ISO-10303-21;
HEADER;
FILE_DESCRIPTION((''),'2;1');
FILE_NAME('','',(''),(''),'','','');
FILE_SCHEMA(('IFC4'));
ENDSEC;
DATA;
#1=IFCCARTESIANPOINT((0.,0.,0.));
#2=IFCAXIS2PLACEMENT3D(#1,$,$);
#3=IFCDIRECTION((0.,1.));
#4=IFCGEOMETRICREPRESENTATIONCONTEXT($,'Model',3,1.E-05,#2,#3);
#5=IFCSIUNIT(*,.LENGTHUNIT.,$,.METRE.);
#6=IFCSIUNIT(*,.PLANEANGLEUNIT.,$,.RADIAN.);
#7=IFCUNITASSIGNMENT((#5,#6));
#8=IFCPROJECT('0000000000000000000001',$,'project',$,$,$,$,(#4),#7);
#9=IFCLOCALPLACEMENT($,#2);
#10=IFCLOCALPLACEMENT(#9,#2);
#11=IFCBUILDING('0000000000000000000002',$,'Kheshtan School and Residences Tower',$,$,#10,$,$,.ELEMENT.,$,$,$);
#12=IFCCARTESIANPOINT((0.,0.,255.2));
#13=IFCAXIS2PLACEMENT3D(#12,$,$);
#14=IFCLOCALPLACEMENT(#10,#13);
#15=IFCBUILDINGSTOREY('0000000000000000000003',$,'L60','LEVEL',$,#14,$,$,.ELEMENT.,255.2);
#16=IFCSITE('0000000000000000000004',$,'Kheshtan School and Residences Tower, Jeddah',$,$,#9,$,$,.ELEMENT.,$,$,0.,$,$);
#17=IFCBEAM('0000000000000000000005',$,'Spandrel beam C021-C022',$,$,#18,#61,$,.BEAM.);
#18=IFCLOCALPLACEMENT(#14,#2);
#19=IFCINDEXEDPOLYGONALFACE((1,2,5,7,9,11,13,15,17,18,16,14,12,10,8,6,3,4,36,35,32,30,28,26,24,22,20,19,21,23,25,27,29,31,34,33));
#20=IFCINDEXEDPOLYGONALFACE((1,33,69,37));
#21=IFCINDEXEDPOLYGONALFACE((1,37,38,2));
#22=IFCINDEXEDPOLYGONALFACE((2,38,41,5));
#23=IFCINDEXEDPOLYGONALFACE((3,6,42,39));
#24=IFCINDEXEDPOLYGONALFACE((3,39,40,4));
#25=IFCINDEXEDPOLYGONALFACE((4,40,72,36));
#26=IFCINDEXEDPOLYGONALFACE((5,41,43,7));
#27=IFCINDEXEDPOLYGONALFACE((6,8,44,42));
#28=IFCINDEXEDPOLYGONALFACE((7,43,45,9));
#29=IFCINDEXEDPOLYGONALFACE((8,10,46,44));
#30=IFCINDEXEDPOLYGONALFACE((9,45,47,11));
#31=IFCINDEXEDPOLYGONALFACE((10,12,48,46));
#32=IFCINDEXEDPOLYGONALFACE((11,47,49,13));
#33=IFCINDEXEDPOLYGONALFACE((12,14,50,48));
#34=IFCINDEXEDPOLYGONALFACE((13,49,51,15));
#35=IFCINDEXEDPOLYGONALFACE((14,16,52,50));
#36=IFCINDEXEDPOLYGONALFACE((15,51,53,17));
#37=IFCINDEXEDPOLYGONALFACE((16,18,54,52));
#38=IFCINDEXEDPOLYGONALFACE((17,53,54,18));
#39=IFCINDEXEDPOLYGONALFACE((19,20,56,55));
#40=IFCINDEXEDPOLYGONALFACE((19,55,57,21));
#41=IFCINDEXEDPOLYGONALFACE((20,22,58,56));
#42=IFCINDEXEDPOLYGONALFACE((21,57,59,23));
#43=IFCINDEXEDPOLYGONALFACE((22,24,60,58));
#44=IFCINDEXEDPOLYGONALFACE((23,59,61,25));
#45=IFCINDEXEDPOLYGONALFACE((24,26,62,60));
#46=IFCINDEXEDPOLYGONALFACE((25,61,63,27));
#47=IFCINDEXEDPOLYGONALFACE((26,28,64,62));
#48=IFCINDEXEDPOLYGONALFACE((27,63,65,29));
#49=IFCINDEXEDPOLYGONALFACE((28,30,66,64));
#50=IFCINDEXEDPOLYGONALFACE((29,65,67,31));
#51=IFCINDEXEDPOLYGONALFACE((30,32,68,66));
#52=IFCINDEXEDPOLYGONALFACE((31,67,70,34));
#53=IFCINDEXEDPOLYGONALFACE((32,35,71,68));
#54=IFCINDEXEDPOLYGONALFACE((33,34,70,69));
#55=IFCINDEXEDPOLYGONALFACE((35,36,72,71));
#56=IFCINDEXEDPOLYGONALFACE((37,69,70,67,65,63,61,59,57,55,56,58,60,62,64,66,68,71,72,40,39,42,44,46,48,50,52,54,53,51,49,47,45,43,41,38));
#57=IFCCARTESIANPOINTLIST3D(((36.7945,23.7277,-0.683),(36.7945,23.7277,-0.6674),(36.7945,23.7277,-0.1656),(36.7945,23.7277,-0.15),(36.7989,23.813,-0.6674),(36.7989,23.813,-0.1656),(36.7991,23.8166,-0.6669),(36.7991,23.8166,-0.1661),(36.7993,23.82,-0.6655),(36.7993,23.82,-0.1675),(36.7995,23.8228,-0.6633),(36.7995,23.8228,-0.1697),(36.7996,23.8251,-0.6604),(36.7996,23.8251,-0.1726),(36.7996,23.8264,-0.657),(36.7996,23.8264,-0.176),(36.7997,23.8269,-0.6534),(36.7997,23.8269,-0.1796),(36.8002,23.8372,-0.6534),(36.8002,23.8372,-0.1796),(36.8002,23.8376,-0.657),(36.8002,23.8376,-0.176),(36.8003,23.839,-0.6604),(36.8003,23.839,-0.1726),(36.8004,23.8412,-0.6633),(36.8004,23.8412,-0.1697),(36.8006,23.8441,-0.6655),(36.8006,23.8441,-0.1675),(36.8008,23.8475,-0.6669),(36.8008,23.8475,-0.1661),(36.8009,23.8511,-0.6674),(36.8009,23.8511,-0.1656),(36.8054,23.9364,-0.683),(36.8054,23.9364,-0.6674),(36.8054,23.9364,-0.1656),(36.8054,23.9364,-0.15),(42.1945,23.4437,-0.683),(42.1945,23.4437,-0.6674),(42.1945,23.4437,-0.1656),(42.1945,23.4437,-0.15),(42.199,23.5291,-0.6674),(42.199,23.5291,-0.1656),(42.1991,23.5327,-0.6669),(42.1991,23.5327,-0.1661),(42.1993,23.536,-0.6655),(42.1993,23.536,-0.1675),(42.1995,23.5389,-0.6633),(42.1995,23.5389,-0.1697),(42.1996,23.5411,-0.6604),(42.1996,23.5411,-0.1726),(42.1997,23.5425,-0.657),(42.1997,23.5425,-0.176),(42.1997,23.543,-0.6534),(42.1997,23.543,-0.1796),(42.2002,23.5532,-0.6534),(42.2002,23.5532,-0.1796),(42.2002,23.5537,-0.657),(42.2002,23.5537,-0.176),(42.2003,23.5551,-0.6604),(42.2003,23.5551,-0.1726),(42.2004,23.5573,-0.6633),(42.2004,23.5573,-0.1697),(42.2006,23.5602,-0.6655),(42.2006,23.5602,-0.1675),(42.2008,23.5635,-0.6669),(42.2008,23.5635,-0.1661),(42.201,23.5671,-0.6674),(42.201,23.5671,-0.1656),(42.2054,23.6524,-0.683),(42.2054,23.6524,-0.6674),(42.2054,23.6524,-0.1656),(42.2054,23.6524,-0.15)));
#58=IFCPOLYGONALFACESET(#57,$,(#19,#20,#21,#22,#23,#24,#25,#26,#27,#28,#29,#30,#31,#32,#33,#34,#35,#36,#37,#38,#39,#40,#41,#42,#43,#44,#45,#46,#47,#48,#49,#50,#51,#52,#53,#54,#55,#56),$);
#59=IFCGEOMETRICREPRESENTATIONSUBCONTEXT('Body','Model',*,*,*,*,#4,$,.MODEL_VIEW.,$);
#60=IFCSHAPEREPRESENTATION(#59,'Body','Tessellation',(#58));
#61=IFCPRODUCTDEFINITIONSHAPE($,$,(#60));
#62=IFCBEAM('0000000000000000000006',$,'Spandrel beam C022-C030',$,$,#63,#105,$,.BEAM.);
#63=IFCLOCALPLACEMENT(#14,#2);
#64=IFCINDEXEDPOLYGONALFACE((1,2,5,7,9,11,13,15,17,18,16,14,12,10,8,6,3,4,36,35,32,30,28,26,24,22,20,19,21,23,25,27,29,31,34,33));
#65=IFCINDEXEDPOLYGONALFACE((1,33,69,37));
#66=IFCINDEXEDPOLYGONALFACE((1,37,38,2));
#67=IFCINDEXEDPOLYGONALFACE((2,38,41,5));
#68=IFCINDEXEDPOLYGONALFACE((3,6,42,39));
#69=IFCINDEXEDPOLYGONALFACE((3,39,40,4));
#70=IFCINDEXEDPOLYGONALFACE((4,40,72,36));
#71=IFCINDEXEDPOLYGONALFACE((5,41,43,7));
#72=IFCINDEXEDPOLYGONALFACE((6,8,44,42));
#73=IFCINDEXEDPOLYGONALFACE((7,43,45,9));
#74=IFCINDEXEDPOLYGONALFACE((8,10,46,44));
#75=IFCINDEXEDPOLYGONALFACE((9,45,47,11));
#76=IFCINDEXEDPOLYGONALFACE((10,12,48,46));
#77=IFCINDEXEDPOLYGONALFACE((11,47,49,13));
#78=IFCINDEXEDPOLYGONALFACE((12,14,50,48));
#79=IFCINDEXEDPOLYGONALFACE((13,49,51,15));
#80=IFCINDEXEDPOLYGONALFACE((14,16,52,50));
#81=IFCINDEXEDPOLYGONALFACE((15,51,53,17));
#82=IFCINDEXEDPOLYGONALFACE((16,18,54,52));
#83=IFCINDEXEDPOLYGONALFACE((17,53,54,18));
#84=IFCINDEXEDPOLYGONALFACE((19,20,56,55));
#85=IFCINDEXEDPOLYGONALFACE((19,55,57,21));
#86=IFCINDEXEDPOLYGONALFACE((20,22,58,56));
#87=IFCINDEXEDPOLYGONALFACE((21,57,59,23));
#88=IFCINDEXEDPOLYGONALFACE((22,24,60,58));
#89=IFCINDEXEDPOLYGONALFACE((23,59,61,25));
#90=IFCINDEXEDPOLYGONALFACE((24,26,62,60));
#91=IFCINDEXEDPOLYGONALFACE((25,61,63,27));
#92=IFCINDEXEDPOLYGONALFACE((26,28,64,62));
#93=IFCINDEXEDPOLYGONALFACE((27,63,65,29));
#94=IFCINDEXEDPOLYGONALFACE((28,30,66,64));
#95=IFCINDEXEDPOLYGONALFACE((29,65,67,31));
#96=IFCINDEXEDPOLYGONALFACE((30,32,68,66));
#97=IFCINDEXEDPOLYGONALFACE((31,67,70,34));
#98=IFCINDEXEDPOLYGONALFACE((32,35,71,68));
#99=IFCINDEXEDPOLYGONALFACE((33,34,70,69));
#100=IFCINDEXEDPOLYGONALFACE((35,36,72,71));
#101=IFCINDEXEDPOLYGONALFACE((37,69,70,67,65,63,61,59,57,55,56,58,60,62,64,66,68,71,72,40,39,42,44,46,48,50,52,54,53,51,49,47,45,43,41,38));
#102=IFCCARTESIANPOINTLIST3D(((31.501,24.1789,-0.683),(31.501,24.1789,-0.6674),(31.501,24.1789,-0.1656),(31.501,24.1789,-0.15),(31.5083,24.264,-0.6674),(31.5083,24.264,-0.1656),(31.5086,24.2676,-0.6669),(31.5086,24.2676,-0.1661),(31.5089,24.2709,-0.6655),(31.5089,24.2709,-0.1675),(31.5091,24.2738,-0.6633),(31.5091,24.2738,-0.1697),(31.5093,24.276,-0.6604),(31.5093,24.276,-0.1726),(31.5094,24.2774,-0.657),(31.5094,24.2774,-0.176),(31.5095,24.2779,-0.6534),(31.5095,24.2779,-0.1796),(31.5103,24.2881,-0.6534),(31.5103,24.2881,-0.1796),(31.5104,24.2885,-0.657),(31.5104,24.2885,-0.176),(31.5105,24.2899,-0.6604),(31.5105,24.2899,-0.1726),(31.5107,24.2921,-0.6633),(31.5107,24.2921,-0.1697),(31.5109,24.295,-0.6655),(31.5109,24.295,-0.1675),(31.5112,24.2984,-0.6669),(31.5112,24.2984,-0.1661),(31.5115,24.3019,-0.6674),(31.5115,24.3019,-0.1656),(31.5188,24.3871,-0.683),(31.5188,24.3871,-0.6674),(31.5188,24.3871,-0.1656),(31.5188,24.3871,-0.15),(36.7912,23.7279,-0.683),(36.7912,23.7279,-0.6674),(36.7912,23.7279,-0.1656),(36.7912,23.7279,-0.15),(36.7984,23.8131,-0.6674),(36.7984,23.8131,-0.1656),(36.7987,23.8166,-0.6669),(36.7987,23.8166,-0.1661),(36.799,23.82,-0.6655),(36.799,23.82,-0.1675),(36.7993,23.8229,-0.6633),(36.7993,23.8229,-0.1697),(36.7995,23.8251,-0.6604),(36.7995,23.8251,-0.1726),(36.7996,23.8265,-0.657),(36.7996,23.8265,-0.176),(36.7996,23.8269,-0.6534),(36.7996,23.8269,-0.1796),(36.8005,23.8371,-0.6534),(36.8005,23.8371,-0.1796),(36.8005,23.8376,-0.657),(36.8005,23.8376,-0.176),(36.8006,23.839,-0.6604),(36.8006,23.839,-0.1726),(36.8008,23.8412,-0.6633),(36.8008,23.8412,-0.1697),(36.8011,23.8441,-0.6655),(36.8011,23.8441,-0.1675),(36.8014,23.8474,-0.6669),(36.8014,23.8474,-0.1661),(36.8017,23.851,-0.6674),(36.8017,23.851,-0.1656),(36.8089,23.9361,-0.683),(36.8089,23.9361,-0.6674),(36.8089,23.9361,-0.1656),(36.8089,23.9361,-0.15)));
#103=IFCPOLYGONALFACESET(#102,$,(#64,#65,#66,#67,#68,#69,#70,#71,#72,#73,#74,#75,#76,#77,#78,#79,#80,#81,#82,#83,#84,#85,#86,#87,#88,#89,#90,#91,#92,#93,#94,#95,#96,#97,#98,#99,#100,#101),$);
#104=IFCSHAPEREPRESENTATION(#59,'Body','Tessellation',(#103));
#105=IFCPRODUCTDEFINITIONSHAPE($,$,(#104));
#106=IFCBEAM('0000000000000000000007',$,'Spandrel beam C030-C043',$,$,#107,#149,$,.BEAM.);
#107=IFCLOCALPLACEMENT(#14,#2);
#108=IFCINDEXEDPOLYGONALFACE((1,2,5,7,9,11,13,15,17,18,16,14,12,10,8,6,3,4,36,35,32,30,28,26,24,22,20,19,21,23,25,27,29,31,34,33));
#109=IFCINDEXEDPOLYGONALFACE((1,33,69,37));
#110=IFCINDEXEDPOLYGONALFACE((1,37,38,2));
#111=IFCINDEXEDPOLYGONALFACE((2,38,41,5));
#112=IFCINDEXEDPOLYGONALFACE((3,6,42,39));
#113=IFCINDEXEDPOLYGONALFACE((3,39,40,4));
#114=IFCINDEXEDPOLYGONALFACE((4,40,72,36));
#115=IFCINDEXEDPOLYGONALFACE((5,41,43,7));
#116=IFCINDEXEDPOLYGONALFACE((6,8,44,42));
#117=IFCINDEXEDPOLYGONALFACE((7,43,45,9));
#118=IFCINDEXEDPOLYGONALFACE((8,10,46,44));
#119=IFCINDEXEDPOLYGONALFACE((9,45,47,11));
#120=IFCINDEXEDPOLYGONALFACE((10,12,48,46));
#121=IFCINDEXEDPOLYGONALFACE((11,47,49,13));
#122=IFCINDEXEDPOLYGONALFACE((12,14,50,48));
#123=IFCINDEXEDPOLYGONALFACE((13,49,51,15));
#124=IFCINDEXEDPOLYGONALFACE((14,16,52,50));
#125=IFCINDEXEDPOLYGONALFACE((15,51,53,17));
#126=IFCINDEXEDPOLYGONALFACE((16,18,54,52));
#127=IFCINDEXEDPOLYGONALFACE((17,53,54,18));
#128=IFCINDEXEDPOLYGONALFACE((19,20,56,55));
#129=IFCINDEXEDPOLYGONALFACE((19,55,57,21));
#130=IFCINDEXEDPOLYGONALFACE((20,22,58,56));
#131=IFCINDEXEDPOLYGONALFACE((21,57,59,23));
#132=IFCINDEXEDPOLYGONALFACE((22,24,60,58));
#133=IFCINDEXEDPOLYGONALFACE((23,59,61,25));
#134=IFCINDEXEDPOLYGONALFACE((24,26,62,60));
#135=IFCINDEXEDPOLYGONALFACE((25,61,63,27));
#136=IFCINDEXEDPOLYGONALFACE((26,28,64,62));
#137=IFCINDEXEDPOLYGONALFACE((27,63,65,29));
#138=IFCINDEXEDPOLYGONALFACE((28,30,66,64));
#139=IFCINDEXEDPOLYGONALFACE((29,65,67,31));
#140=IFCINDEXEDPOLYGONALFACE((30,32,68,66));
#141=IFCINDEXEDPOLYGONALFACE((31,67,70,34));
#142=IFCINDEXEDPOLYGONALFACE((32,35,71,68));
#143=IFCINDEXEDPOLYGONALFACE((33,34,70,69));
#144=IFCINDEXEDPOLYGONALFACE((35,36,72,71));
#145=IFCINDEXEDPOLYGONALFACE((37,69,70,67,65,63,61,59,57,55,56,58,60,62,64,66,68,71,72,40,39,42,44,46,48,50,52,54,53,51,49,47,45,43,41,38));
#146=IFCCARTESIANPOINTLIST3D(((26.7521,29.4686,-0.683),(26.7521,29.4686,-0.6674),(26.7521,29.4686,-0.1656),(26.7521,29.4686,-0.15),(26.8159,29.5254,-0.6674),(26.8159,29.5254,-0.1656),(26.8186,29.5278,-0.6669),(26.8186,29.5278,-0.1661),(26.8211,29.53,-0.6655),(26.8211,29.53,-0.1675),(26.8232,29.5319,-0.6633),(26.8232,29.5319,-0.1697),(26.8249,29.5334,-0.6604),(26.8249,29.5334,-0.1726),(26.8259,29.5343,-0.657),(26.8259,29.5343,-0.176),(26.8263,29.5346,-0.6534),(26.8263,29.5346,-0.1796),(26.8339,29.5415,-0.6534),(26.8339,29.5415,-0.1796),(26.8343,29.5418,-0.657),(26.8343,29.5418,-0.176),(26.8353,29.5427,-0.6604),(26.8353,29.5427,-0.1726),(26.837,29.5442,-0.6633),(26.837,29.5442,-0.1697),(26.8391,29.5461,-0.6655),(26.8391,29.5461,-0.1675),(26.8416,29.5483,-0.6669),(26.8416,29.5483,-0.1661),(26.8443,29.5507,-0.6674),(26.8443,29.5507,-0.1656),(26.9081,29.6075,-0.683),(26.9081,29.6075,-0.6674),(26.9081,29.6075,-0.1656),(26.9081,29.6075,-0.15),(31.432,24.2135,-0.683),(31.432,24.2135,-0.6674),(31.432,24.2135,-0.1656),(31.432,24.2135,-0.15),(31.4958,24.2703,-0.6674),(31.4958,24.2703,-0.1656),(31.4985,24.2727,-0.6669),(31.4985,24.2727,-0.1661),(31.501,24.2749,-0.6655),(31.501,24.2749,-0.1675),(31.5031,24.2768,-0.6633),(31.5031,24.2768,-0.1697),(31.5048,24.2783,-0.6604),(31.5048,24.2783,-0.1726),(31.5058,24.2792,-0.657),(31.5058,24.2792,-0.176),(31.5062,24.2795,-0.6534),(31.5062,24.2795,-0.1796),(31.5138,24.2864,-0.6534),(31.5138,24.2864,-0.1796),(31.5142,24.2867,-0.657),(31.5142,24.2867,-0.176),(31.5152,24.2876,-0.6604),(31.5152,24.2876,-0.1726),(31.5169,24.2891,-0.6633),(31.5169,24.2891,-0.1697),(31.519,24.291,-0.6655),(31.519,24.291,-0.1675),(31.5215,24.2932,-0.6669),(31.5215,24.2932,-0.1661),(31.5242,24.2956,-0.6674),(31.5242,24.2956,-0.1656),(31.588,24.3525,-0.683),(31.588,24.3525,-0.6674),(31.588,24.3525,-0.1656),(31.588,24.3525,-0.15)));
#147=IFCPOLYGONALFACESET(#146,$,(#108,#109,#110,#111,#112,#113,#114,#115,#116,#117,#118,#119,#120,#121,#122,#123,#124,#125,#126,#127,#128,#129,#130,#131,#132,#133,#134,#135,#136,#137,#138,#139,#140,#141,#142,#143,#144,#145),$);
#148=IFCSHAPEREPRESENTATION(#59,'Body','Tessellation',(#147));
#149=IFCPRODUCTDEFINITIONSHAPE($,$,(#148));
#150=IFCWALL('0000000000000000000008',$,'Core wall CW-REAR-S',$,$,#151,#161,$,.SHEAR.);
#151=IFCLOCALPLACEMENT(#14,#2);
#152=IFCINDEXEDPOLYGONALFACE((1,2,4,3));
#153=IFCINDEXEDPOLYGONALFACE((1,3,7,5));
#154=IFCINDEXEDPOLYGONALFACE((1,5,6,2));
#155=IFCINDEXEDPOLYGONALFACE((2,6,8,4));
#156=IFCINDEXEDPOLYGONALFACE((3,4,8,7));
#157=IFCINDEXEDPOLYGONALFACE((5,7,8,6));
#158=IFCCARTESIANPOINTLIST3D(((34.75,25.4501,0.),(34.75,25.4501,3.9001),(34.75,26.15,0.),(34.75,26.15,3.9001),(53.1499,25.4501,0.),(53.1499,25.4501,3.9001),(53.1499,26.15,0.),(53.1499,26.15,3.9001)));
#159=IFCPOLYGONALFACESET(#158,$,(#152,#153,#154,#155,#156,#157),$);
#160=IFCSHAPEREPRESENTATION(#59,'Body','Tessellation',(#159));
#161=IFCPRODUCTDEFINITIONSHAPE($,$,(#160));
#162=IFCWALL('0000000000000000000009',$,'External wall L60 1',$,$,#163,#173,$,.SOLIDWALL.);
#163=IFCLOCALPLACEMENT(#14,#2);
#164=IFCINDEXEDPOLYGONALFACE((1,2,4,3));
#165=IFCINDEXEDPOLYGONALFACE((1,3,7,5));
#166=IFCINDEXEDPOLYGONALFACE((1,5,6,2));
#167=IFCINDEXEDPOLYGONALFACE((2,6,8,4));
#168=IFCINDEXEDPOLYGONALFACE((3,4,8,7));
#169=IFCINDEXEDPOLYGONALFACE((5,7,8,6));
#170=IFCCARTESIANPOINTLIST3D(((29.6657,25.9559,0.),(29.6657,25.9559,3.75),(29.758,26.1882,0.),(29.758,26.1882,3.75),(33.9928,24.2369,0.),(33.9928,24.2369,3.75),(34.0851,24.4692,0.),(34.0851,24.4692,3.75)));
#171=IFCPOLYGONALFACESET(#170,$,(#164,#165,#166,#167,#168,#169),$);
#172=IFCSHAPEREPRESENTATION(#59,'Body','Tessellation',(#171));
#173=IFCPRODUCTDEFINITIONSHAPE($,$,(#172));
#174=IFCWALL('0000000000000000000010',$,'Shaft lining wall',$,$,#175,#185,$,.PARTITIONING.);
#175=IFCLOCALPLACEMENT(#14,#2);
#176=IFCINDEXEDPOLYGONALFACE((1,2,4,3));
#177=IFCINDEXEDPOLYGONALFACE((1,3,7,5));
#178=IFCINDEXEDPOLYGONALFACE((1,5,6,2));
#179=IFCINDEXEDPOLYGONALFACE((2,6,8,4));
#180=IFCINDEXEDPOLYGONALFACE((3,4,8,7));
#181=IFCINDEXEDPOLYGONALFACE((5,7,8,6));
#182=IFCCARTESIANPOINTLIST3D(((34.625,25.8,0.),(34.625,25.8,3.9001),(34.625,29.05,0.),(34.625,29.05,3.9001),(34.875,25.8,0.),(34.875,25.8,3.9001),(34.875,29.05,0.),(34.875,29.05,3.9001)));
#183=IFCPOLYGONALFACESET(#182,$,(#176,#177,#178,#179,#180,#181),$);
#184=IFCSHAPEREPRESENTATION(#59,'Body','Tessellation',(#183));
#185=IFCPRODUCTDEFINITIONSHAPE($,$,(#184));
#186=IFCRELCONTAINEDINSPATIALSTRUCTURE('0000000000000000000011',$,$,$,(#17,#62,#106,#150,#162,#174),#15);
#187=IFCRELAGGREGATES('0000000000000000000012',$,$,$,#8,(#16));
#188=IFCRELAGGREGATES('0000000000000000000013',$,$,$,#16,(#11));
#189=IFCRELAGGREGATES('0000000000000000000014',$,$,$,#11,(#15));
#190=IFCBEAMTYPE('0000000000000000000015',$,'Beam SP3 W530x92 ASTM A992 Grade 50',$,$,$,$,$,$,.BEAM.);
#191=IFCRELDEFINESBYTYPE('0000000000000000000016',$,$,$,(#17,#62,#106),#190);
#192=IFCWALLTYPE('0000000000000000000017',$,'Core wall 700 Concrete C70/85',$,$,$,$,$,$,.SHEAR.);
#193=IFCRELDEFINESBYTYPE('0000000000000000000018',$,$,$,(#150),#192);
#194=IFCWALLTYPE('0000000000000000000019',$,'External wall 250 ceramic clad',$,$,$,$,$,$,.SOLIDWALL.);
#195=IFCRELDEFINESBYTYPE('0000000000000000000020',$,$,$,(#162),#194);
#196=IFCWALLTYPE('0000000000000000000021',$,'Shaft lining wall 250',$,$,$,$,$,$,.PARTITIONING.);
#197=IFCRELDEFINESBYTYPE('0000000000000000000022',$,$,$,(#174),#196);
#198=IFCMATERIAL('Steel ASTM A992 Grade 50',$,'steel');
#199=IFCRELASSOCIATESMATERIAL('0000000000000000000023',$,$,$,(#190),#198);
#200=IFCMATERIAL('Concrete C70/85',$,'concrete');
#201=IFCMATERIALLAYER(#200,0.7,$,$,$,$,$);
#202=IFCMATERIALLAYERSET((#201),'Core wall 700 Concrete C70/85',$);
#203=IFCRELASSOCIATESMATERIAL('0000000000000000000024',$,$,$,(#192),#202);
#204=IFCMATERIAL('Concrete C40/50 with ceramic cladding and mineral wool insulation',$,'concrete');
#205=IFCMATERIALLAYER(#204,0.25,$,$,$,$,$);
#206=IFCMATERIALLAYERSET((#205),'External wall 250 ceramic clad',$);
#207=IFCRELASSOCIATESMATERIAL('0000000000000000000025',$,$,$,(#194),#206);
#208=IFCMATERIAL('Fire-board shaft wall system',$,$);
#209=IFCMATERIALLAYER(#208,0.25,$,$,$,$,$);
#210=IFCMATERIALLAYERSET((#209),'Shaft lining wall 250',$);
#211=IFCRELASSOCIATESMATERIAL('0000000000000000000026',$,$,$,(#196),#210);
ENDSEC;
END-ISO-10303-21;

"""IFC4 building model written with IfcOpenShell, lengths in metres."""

from ifc_helpers import new_model, si_unit, direction, frame, frame_2d, origin, origin_2d, place, context, subcontext, project, spatial, rectangle, i_section, extrude, material, layer, layer_set, material_profile, profile_set, type_object, element, save


model = new_model("IFC4")

# Units and contexts
model_context = context("Model", 3, precision=1e-05, world=origin(), true_north=direction((0.0, 1.0)))
body_context = subcontext(model_context, "Body", "Model", "MODEL_VIEW")
ifc_project = project(units=[si_unit("LENGTHUNIT", "METRE"), si_unit("PLANEANGLEUNIT", "RADIAN")], contexts=[model_context])

# Site, building, storey
site_placement = place(None, origin())
site = spatial("IfcSite", under=ifc_project, at=site_placement, Name="Kheshtan School and Residences Tower, Jeddah", CompositionType="ELEMENT", RefElevation=0.0)
building_placement = place(site_placement, origin())
building = spatial("IfcBuilding", under=site, at=building_placement, Name="Kheshtan School and Residences Tower", CompositionType="ELEMENT")
storey_placement = place(building_placement, frame((0.0, 0.0, 255.2)))
storey = spatial("IfcBuildingStorey", under=building, at=storey_placement, Name="L60", Description="LEVEL", CompositionType="ELEMENT", Elevation=255.2)

# Shared definitions
ifc_material_1 = material(Name="Steel ASTM A992 Grade 50", Category="steel")

# Beams
ifc_material_profile_1 = material_profile(ifc_material_1, i_section(OverallWidth=0.209, OverallDepth=0.533, WebThickness=0.0103, FlangeThickness=0.0156, FilletRadius=0.0139, at=origin_2d()), Name="W530x92")
ifc_profile_set_1 = profile_set([ifc_material_profile_1], Name="Steel ASTM A992 Grade 50")
beam_type_1 = type_object("IfcBeamType", Name="Beam SP3 W530x92 ASTM A992 Grade 50", PredefinedType="BEAM", material=ifc_profile_set_1)
beam_1_placement = place(storey_placement, frame((42.2, 23.5481, -0.4165), z_axis=(-0.99862, 0.052509, 0.0), x_axis=(-0.052509, -0.99862, 0.0)))
element("IfcBeam", 1, at=beam_1_placement, inside=storey, type_object=beam_type_1, Name="Spandrel beam C021-C022", PredefinedType="BEAM", context=body_context, shape_type="SweptSolid", body=[
    extrude(i_section(OverallWidth=0.209, OverallDepth=0.533, WebThickness=0.0103, FlangeThickness=0.0156, FilletRadius=0.0139, at=origin_2d()), origin(), (0.0, 0.0, 1.0), 5.4075),
])
beam_2_placement = place(storey_placement, frame((36.8, 23.832, -0.4165), z_axis=(-0.996387, 0.084933, 0.0), x_axis=(-0.084933, -0.996387, 0.0)))
element("IfcBeam", 2, at=beam_2_placement, inside=storey, type_object=beam_type_1, Name="Spandrel beam C022-C030", PredefinedType="BEAM", context=body_context, shape_type="SweptSolid", body=[
    extrude(i_section(OverallWidth=0.209, OverallDepth=0.533, WebThickness=0.0103, FlangeThickness=0.0156, FilletRadius=0.0139, at=origin_2d()), origin(), (0.0, 0.0, 1.0), 5.3093),
])
beam_3_placement = place(storey_placement, frame((31.51, 24.283, -0.4165), z_axis=(-0.665055, 0.746795, 0.0), x_axis=(-0.746795, -0.665055, 0.0)))
element("IfcBeam", 3, at=beam_3_placement, inside=storey, type_object=beam_type_1, Name="Spandrel beam C030-C043", PredefinedType="BEAM", context=body_context, shape_type="SweptSolid", body=[
    extrude(i_section(OverallWidth=0.209, OverallDepth=0.533, WebThickness=0.0103, FlangeThickness=0.0156, FilletRadius=0.0139, at=origin_2d()), origin(), (0.0, 0.0, 1.0), 7.0369),
])

# Walls
ifc_material_2 = material(Name="Concrete C70/85", Category="concrete")
ifc_layer_1 = layer(ifc_material_2, 0.7)
ifc_layer_set_1 = layer_set([ifc_layer_1], Name="Core wall 700 Concrete C70/85")
wall_type_1 = type_object("IfcWallType", Name="Core wall 700 Concrete C70/85", PredefinedType="SHEAR", material=ifc_layer_set_1)
wall_1_placement = place(storey_placement, frame((34.75, 25.8, 0.0), z_axis=(0.0, 0.0, 1.0), x_axis=(1.0, 0.0, 0.0)))
element("IfcWall", 4, at=wall_1_placement, inside=storey, type_object=wall_type_1, Name="Core wall CW-REAR-S", PredefinedType="SHEAR", context=body_context, shape_type="SweptSolid", body=[
    extrude(rectangle(XDim=18.3999, YDim=0.7, at=frame_2d((9.2, 0.0))), origin(), (0.0, 0.0, 1.0), 3.9001),
])
ifc_material_3 = material(Name="Concrete C40/50 with ceramic cladding and mineral wool insulation", Category="concrete")
ifc_layer_2 = layer(ifc_material_3, 0.25)
ifc_layer_set_2 = layer_set([ifc_layer_2], Name="External wall 250 ceramic clad")
wall_type_2 = type_object("IfcWallType", Name="External wall 250 ceramic clad", PredefinedType="SOLIDWALL", material=ifc_layer_set_2)
wall_2_placement = place(storey_placement, frame((34.0391, 24.353, 0.0), z_axis=(0.0, 0.0, 1.0), x_axis=(-0.929353, 0.369193, 0.0)))
element("IfcWall", 5, at=wall_2_placement, inside=storey, type_object=wall_type_2, Name="External wall L60 1", PredefinedType="SOLIDWALL", context=body_context, shape_type="SweptSolid", body=[
    extrude(rectangle(XDim=4.656, YDim=0.25, at=frame_2d((2.3281, 0.0))), origin(), (0.0, 0.0, 1.0), 3.75),
])
ifc_material_4 = material(Name="Fire-board shaft wall system")
ifc_layer_3 = layer(ifc_material_4, 0.25)
ifc_layer_set_3 = layer_set([ifc_layer_3], Name="Shaft lining wall 250")
wall_type_3 = type_object("IfcWallType", Name="Shaft lining wall 250", PredefinedType="PARTITIONING", material=ifc_layer_set_3)
wall_3_placement = place(storey_placement, frame((34.75, 25.8, 0.0), z_axis=(0.0, 0.0, 1.0), x_axis=(0.0, 1.0, 0.0)))
element("IfcWall", 6, at=wall_3_placement, inside=storey, type_object=wall_type_3, Name="Shaft lining wall", PredefinedType="PARTITIONING", context=body_context, shape_type="SweptSolid", body=[
    extrude(rectangle(XDim=3.25, YDim=0.25, at=frame_2d((1.625, 0.0))), origin(), (0.0, 0.0, 1.0), 3.9001),
])

save(model, "model.ifc")
